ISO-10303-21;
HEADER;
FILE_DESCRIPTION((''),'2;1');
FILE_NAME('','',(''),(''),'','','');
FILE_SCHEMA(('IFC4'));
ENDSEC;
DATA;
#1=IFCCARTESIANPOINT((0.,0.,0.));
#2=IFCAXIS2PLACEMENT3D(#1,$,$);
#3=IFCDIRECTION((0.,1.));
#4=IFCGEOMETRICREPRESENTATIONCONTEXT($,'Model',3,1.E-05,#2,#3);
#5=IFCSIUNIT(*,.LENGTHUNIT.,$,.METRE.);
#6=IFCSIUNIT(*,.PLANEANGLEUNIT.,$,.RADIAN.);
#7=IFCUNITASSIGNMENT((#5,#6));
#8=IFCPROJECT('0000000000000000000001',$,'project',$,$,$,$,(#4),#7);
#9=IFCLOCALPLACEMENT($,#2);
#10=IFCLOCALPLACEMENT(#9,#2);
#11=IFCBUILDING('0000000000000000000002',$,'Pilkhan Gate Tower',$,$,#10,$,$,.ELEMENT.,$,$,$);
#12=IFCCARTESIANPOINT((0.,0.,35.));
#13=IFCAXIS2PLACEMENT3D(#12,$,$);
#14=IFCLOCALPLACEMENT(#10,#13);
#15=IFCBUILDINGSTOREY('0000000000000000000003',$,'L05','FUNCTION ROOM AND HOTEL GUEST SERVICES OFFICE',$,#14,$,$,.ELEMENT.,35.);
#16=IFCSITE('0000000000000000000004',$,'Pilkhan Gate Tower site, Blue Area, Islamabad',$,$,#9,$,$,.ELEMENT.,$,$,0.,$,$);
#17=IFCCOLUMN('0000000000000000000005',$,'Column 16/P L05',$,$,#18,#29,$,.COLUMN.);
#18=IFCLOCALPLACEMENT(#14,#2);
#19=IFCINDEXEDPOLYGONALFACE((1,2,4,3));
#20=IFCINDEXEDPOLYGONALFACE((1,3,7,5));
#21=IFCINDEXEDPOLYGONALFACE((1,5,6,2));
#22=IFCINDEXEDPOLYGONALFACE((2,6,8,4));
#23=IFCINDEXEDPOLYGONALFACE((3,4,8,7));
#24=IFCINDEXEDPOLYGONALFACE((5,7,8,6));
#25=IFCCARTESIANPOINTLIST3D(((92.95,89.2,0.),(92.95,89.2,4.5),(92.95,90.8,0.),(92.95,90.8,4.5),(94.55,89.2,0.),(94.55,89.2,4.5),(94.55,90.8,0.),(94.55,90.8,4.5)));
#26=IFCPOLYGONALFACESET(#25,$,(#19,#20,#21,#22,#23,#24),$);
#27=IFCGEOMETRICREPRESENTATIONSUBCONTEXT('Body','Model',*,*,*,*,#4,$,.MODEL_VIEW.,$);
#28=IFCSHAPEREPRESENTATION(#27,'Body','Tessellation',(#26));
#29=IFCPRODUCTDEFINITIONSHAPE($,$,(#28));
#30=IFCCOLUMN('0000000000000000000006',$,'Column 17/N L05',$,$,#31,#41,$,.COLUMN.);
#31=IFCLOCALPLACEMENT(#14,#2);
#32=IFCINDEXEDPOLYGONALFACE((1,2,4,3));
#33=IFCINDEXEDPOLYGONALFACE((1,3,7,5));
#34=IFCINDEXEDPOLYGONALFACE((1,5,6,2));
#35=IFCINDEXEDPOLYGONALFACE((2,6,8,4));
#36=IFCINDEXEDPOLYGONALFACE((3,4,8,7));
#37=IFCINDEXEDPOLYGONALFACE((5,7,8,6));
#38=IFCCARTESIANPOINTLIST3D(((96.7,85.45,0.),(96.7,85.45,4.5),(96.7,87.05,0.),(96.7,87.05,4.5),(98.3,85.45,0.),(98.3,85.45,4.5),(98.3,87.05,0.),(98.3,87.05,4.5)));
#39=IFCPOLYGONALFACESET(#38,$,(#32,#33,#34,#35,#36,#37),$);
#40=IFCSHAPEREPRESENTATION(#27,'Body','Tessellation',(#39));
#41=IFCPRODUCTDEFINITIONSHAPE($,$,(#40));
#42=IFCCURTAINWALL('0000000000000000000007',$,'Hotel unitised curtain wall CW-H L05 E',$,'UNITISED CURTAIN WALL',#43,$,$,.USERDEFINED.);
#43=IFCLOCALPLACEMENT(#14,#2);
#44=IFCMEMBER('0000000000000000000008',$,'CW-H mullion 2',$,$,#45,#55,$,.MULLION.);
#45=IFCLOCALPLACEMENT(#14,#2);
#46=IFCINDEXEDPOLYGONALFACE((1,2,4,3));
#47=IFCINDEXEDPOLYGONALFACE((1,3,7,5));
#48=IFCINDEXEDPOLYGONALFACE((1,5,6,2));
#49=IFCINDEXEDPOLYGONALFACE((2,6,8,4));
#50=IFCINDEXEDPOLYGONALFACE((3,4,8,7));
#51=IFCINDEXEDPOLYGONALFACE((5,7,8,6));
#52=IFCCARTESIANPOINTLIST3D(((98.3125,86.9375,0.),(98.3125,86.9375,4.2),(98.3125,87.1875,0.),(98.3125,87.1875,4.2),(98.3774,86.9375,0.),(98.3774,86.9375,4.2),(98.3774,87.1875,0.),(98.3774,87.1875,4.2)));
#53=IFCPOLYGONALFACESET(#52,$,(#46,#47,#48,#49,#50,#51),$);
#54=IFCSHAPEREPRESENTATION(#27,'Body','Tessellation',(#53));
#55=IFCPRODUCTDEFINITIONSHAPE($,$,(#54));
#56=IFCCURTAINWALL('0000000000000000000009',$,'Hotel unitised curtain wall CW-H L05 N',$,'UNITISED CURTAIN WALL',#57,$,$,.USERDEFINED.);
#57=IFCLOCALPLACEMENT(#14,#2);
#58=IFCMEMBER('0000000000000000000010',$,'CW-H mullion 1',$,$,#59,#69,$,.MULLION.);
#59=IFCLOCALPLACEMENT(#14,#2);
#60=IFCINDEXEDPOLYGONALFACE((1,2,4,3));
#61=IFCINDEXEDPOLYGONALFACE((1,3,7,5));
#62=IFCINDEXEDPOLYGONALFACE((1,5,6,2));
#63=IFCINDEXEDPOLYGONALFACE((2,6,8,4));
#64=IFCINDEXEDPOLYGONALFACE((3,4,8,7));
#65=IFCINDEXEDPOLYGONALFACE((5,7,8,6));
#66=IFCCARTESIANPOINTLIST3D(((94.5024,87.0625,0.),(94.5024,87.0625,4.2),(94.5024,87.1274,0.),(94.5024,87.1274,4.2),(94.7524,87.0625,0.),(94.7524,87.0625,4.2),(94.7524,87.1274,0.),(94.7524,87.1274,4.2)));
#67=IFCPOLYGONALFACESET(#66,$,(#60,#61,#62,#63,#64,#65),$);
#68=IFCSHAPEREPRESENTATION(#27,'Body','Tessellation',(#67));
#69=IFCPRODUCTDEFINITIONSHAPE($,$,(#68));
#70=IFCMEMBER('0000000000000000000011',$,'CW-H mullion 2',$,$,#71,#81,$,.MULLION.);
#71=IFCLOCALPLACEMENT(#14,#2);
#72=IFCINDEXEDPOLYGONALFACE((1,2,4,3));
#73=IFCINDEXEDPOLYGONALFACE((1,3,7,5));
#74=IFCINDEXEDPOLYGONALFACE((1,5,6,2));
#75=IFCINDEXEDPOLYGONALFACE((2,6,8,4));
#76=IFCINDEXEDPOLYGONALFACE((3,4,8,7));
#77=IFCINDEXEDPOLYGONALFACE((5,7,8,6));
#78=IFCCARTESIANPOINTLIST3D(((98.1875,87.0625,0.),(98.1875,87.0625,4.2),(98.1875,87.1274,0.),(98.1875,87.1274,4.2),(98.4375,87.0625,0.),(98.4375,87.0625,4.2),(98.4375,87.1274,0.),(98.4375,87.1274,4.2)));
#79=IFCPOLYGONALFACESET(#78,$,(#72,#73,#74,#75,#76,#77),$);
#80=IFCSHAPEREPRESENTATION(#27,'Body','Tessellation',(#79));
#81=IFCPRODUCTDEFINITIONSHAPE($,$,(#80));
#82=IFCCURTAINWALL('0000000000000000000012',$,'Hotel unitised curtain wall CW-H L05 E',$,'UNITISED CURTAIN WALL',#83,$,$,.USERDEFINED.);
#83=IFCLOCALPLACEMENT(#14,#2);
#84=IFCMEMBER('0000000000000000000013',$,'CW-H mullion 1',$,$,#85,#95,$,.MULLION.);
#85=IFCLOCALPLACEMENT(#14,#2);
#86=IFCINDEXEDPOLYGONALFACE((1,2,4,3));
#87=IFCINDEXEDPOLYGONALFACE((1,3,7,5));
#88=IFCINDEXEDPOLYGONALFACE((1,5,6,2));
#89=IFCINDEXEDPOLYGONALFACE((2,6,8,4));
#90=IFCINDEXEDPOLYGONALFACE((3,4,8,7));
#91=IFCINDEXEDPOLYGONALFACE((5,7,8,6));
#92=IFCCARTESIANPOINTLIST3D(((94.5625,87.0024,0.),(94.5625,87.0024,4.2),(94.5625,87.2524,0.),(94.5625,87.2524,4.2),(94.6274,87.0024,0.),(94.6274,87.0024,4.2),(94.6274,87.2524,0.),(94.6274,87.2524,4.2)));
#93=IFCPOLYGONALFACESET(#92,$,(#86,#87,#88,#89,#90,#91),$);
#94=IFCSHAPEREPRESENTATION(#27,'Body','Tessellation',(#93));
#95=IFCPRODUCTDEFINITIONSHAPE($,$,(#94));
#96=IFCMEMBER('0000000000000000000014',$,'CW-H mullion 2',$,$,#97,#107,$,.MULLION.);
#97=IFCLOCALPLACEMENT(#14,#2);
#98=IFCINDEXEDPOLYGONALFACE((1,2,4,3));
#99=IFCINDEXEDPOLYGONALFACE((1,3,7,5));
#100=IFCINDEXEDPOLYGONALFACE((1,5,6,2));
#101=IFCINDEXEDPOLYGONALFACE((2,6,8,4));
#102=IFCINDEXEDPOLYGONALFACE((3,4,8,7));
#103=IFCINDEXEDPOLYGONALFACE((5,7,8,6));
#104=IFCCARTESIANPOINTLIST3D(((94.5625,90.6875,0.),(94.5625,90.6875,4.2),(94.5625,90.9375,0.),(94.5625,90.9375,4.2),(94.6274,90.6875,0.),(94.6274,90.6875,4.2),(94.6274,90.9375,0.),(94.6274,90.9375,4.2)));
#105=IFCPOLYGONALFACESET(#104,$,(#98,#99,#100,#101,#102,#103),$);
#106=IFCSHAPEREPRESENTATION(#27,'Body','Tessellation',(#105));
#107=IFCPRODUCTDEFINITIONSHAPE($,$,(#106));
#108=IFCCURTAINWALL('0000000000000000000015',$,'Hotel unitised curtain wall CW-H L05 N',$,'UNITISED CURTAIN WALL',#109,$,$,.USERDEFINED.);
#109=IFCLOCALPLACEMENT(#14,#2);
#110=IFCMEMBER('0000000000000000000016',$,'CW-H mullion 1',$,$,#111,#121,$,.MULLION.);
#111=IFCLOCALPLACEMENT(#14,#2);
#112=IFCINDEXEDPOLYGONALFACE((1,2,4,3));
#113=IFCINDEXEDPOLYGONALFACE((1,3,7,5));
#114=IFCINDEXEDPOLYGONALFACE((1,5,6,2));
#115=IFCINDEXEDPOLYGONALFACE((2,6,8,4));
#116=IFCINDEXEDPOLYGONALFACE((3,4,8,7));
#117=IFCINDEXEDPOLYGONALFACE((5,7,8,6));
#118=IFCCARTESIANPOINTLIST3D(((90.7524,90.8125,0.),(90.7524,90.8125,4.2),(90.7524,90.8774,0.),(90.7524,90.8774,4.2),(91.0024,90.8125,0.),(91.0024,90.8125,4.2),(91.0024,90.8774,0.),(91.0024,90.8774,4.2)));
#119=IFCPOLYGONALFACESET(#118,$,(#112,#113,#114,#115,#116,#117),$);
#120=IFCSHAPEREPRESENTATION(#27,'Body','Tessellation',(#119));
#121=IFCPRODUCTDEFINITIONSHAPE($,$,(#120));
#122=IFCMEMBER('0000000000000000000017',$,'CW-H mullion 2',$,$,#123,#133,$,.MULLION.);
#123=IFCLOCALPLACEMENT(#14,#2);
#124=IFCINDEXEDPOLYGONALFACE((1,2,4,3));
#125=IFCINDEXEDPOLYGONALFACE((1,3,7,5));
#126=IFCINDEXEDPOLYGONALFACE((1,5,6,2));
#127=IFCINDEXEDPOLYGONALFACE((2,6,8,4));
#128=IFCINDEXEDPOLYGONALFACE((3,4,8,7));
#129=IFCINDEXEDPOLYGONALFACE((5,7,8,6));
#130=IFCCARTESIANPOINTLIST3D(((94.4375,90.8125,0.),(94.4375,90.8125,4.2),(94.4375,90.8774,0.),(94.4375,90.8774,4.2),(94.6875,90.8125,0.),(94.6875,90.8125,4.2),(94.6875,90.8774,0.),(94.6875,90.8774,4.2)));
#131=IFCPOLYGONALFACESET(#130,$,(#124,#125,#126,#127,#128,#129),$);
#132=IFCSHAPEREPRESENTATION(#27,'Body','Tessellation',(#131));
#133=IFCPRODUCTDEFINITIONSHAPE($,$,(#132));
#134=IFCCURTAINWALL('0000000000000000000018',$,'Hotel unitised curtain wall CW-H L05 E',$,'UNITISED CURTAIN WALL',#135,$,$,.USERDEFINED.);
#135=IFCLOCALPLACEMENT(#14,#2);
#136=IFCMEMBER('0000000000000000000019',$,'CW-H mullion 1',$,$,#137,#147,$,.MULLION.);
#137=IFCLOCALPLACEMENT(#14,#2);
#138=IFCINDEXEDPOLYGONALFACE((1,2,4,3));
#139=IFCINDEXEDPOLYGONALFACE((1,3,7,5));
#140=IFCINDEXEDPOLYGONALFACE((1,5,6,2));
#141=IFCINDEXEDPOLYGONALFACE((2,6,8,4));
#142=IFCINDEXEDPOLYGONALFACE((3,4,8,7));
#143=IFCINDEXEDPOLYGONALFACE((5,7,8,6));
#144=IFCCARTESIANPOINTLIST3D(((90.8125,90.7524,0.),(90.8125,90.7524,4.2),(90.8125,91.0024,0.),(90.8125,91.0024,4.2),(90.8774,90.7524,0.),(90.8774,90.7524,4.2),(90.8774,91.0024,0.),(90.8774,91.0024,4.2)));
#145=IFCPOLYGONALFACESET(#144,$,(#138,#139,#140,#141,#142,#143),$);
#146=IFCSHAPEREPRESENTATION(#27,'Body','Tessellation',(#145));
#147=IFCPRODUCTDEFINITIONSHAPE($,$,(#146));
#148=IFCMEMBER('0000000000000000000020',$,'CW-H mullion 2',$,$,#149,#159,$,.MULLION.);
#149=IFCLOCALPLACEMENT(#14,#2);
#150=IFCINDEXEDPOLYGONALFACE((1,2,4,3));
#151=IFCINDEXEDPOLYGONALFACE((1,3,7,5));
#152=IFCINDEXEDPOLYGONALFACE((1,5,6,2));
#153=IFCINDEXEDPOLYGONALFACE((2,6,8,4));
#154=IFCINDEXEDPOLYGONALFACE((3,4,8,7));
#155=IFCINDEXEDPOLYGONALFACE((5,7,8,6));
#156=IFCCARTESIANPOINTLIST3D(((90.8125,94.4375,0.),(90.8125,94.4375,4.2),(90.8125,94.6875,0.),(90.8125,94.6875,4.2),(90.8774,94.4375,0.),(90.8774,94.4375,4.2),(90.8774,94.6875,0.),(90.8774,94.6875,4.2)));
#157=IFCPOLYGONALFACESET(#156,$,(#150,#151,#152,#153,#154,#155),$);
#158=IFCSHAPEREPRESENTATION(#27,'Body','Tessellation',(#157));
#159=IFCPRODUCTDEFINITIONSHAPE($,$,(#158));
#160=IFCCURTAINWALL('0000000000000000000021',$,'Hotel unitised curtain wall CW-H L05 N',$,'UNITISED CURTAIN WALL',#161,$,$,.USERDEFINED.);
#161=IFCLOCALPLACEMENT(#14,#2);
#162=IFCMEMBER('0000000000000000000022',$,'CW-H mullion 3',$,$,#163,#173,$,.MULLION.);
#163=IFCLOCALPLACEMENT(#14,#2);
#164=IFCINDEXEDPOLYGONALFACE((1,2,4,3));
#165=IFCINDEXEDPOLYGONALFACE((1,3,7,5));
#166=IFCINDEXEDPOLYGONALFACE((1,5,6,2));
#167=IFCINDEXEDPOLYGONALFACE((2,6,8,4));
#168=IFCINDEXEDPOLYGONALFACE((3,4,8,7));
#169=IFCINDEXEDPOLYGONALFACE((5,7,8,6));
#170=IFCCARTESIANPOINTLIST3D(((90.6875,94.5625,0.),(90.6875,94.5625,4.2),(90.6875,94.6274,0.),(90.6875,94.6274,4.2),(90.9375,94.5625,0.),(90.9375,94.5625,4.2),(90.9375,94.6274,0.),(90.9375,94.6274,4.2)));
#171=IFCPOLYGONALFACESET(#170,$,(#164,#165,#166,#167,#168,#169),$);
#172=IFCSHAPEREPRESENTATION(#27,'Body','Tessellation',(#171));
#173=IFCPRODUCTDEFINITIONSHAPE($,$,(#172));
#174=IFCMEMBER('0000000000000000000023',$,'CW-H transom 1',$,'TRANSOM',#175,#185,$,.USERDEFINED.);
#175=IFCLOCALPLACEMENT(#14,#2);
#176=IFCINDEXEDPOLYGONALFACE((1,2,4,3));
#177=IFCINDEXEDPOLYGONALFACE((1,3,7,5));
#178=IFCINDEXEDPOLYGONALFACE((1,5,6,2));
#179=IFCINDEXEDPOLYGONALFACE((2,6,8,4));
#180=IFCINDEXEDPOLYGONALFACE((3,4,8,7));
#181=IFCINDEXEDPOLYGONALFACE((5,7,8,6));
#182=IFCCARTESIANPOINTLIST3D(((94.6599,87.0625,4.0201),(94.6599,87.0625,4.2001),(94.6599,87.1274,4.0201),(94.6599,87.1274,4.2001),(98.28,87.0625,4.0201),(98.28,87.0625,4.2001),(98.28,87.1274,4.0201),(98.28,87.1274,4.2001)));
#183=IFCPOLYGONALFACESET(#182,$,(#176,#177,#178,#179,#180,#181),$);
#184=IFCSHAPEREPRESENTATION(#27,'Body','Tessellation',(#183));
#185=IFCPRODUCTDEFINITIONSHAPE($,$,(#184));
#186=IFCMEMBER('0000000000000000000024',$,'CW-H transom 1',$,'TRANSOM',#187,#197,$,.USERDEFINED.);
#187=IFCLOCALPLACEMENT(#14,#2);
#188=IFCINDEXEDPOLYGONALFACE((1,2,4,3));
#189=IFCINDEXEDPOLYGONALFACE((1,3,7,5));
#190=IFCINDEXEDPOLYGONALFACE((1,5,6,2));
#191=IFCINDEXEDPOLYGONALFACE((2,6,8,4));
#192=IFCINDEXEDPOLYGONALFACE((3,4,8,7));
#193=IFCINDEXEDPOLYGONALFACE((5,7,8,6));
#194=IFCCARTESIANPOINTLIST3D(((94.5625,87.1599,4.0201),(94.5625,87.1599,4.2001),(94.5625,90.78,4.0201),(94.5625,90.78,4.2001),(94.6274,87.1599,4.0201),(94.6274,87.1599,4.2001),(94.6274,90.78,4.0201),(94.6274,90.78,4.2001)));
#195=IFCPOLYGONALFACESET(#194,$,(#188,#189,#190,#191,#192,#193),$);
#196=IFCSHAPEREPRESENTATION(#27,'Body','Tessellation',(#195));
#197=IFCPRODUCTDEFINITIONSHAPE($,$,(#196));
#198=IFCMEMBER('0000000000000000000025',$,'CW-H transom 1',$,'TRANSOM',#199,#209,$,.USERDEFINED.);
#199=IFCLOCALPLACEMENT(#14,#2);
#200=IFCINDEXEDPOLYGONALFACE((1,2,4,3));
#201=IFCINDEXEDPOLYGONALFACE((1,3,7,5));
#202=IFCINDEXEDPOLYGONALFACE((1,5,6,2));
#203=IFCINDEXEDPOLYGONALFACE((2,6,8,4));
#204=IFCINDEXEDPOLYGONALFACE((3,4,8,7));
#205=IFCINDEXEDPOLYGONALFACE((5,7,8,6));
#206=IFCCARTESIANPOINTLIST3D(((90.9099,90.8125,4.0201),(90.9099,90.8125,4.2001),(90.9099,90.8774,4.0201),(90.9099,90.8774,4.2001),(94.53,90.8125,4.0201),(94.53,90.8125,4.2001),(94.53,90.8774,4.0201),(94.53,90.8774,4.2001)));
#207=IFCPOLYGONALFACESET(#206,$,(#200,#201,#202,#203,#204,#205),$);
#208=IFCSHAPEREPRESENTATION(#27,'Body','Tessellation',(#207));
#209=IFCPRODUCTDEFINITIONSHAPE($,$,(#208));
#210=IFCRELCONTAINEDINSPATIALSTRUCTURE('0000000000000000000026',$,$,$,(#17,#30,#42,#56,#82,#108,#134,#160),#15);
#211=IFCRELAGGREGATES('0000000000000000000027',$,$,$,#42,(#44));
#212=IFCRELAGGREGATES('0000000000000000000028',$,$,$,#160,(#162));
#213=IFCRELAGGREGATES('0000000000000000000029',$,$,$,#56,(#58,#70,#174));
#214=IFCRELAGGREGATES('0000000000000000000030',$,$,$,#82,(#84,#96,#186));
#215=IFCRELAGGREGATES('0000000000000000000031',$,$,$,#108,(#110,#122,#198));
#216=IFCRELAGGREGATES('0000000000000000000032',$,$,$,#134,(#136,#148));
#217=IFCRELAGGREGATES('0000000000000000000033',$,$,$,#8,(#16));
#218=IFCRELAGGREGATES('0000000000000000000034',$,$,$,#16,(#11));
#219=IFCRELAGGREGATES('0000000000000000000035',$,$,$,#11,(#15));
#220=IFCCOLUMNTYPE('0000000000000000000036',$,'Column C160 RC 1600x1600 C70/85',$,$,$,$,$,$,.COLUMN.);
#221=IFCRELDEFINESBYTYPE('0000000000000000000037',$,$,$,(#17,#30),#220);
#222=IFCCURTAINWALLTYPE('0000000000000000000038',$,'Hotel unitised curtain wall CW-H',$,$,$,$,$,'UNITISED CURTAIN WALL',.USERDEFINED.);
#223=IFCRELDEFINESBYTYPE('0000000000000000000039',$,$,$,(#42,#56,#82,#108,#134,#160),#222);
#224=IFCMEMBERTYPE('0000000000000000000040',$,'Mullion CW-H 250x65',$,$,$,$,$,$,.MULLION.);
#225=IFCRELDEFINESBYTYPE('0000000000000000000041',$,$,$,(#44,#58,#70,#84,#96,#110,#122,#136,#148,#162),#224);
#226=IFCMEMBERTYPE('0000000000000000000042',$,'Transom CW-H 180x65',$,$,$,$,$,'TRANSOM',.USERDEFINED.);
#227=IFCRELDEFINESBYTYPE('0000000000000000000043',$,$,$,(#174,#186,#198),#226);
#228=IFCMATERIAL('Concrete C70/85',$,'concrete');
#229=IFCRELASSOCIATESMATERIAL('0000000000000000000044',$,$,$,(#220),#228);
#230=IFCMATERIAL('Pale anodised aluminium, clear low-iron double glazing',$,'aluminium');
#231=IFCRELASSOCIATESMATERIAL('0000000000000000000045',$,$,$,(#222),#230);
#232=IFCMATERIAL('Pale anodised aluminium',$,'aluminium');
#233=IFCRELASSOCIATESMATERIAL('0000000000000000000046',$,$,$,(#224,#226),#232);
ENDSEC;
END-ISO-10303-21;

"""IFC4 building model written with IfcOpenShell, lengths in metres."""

from ifc_helpers import new_model, si_unit, direction, frame, origin, origin_2d, place, context, subcontext, project, spatial, rectangle, extrude, material, material_profile, profile_set, type_object, element, aggregate, save


model = new_model("IFC4")

# Units and contexts
model_context = context("Model", 3, precision=1e-05, world=origin(), true_north=direction((0.0, 1.0)))
body_context = subcontext(model_context, "Body", "Model", "MODEL_VIEW")
ifc_project = project(units=[si_unit("LENGTHUNIT", "METRE"), si_unit("PLANEANGLEUNIT", "RADIAN")], contexts=[model_context])

# Site, building, storey
site_placement = place(None, origin())
site = spatial("IfcSite", under=ifc_project, at=site_placement, Name="Pilkhan Gate Tower site, Blue Area, Islamabad", CompositionType="ELEMENT", RefElevation=0.0)
building_placement = place(site_placement, origin())
building = spatial("IfcBuilding", under=site, at=building_placement, Name="Pilkhan Gate Tower", CompositionType="ELEMENT")
storey_placement = place(building_placement, frame((0.0, 0.0, 35.0)))
storey = spatial("IfcBuildingStorey", under=building, at=storey_placement, Name="L05", Description="FUNCTION ROOM AND HOTEL GUEST SERVICES OFFICE", CompositionType="ELEMENT", Elevation=35.0)

# Columns
ifc_material_1 = material(Name="Concrete C70/85", Category="concrete")
ifc_material_profile_1 = material_profile(ifc_material_1, rectangle(XDim=1.6001, YDim=1.6001, at=origin_2d()), Name="RC 1600x1600")
ifc_profile_set_1 = profile_set([ifc_material_profile_1], Name="Concrete C70/85")
column_type = type_object("IfcColumnType", Name="Column C160 RC 1600x1600 C70/85", PredefinedType="COLUMN", material=ifc_profile_set_1)
for number, where, z_axis, x_axis, name in (
    (1, (93.75, 90.0, 0.0), (0.0, 0.0, 1.0), (1.0, 0.0, 0.0), "Column 16/P L05"),
    (2, (97.5, 86.25, 0.0), (0.0, 0.0, 1.0), (1.0, 0.0, 0.0), "Column 17/N L05"),
):
    element("IfcColumn", number, at=place(storey_placement, frame(where, z_axis=z_axis, x_axis=x_axis)), inside=storey, type_object=column_type, Name=name, PredefinedType="COLUMN", context=body_context, shape_type="SweptSolid", body=[
        extrude(rectangle(XDim=1.6001, YDim=1.6001, at=origin_2d()), origin(), (0.0, 0.0, 1.0), 4.5),
    ])

# Curtain wall, member
ifc_material_2 = material(Name="Pale anodised aluminium, clear low-iron double glazing", Category="aluminium")
curtain_wall_type = type_object("IfcCurtainWallType", Name="Hotel unitised curtain wall CW-H", ElementType="UNITISED CURTAIN WALL", PredefinedType="USERDEFINED", material=ifc_material_2)
curtain_wall_1_placement = place(storey_placement, origin())
curtain_wall_1 = element("IfcCurtainWall", 3, at=curtain_wall_1_placement, inside=storey, type_object=curtain_wall_type, Name="Hotel unitised curtain wall CW-H L05 E", ObjectType="UNITISED CURTAIN WALL", PredefinedType="USERDEFINED")
ifc_material_3 = material(Name="Pale anodised aluminium", Category="aluminium")
ifc_material_profile_2 = material_profile(ifc_material_3, rectangle(XDim=0.0649, YDim=0.25, at=origin_2d()), Name="Mullion 250x65")
ifc_profile_set_2 = profile_set([ifc_material_profile_2], Name="Pale anodised aluminium")
member_type_1 = type_object("IfcMemberType", Name="Mullion CW-H 250x65", PredefinedType="MULLION", material=ifc_profile_set_2)
member_1_placement = place(storey_placement, frame((98.345, 87.0625, 0.0), z_axis=(0.0, 0.0, 1.0), x_axis=(-1.0, 0.0, 0.0)))
member_1 = element("IfcMember", 4, at=member_1_placement, type_object=member_type_1, Name="CW-H mullion 2", PredefinedType="MULLION", context=body_context, shape_type="SweptSolid", body=[
    extrude(rectangle(XDim=0.0649, YDim=0.25, at=origin_2d()), origin(), (0.0, 0.0, 1.0), 4.2),
])
aggregate(curtain_wall_1, [member_1])

# Curtain walls, members
curtain_wall_2_placement = place(storey_placement, origin())
curtain_wall_2 = element("IfcCurtainWall", 5, at=curtain_wall_2_placement, inside=storey, type_object=curtain_wall_type, Name="Hotel unitised curtain wall CW-H L05 N", ObjectType="UNITISED CURTAIN WALL", PredefinedType="USERDEFINED")
member_2_placement = place(storey_placement, frame((94.6274, 87.095, 0.0), z_axis=(0.0, 0.0, 1.0), x_axis=(0.0, 1.0, 0.0)))
member_2 = element("IfcMember", 6, at=member_2_placement, type_object=member_type_1, Name="CW-H mullion 1", PredefinedType="MULLION", context=body_context, shape_type="SweptSolid", body=[
    extrude(rectangle(XDim=0.0649, YDim=0.25, at=origin_2d()), origin(), (0.0, 0.0, 1.0), 4.2),
])
member_3_placement = place(storey_placement, frame((98.3125, 87.095, 0.0), z_axis=(0.0, 0.0, 1.0), x_axis=(0.0, 1.0, 0.0)))
member_3 = element("IfcMember", 7, at=member_3_placement, type_object=member_type_1, Name="CW-H mullion 2", PredefinedType="MULLION", context=body_context, shape_type="SweptSolid", body=[
    extrude(rectangle(XDim=0.0649, YDim=0.25, at=origin_2d()), origin(), (0.0, 0.0, 1.0), 4.2),
])
curtain_wall_3_placement = place(storey_placement, origin())
curtain_wall_3 = element("IfcCurtainWall", 8, at=curtain_wall_3_placement, inside=storey, type_object=curtain_wall_type, Name="Hotel unitised curtain wall CW-H L05 E", ObjectType="UNITISED CURTAIN WALL", PredefinedType="USERDEFINED")
member_4_placement = place(storey_placement, frame((94.595, 87.1274, 0.0), z_axis=(0.0, 0.0, 1.0), x_axis=(-1.0, 0.0, 0.0)))
member_4 = element("IfcMember", 9, at=member_4_placement, type_object=member_type_1, Name="CW-H mullion 1", PredefinedType="MULLION", context=body_context, shape_type="SweptSolid", body=[
    extrude(rectangle(XDim=0.0649, YDim=0.25, at=origin_2d()), origin(), (0.0, 0.0, 1.0), 4.2),
])
member_5_placement = place(storey_placement, frame((94.595, 90.8125, 0.0), z_axis=(0.0, 0.0, 1.0), x_axis=(-1.0, 0.0, 0.0)))
member_5 = element("IfcMember", 10, at=member_5_placement, type_object=member_type_1, Name="CW-H mullion 2", PredefinedType="MULLION", context=body_context, shape_type="SweptSolid", body=[
    extrude(rectangle(XDim=0.0649, YDim=0.25, at=origin_2d()), origin(), (0.0, 0.0, 1.0), 4.2),
])
curtain_wall_4_placement = place(storey_placement, origin())
curtain_wall_4 = element("IfcCurtainWall", 11, at=curtain_wall_4_placement, inside=storey, type_object=curtain_wall_type, Name="Hotel unitised curtain wall CW-H L05 N", ObjectType="UNITISED CURTAIN WALL", PredefinedType="USERDEFINED")
member_6_placement = place(storey_placement, frame((90.8774, 90.845, 0.0), z_axis=(0.0, 0.0, 1.0), x_axis=(0.0, 1.0, 0.0)))
member_6 = element("IfcMember", 12, at=member_6_placement, type_object=member_type_1, Name="CW-H mullion 1", PredefinedType="MULLION", context=body_context, shape_type="SweptSolid", body=[
    extrude(rectangle(XDim=0.0649, YDim=0.25, at=origin_2d()), origin(), (0.0, 0.0, 1.0), 4.2),
])
member_7_placement = place(storey_placement, frame((94.5625, 90.845, 0.0), z_axis=(0.0, 0.0, 1.0), x_axis=(0.0, 1.0, 0.0)))
member_7 = element("IfcMember", 13, at=member_7_placement, type_object=member_type_1, Name="CW-H mullion 2", PredefinedType="MULLION", context=body_context, shape_type="SweptSolid", body=[
    extrude(rectangle(XDim=0.0649, YDim=0.25, at=origin_2d()), origin(), (0.0, 0.0, 1.0), 4.2),
])
curtain_wall_5_placement = place(storey_placement, origin())
curtain_wall_5 = element("IfcCurtainWall", 14, at=curtain_wall_5_placement, inside=storey, type_object=curtain_wall_type, Name="Hotel unitised curtain wall CW-H L05 E", ObjectType="UNITISED CURTAIN WALL", PredefinedType="USERDEFINED")
member_8_placement = place(storey_placement, frame((90.845, 90.8774, 0.0), z_axis=(0.0, 0.0, 1.0), x_axis=(-1.0, 0.0, 0.0)))
member_8 = element("IfcMember", 15, at=member_8_placement, type_object=member_type_1, Name="CW-H mullion 1", PredefinedType="MULLION", context=body_context, shape_type="SweptSolid", body=[
    extrude(rectangle(XDim=0.0649, YDim=0.25, at=origin_2d()), origin(), (0.0, 0.0, 1.0), 4.2),
])
member_9_placement = place(storey_placement, frame((90.845, 94.5625, 0.0), z_axis=(0.0, 0.0, 1.0), x_axis=(-1.0, 0.0, 0.0)))
member_9 = element("IfcMember", 16, at=member_9_placement, type_object=member_type_1, Name="CW-H mullion 2", PredefinedType="MULLION", context=body_context, shape_type="SweptSolid", body=[
    extrude(rectangle(XDim=0.0649, YDim=0.25, at=origin_2d()), origin(), (0.0, 0.0, 1.0), 4.2),
])

# Curtain wall, member
curtain_wall_6_placement = place(storey_placement, origin())
curtain_wall_6 = element("IfcCurtainWall", 17, at=curtain_wall_6_placement, inside=storey, type_object=curtain_wall_type, Name="Hotel unitised curtain wall CW-H L05 N", ObjectType="UNITISED CURTAIN WALL", PredefinedType="USERDEFINED")
member_10_placement = place(storey_placement, frame((90.8125, 94.595, 0.0), z_axis=(0.0, 0.0, 1.0), x_axis=(0.0, 1.0, 0.0)))
member_10 = element("IfcMember", 18, at=member_10_placement, type_object=member_type_1, Name="CW-H mullion 3", PredefinedType="MULLION", context=body_context, shape_type="SweptSolid", body=[
    extrude(rectangle(XDim=0.0649, YDim=0.25, at=origin_2d()), origin(), (0.0, 0.0, 1.0), 4.2),
])
aggregate(curtain_wall_6, [member_10])

# Members
ifc_material_profile_3 = material_profile(ifc_material_3, rectangle(XDim=0.0649, YDim=0.1799, at=origin_2d()), Name="Transom 180x65")
ifc_profile_set_3 = profile_set([ifc_material_profile_3], Name="Pale anodised aluminium")
member_type_2 = type_object("IfcMemberType", Name="Transom CW-H 180x65", ElementType="TRANSOM", PredefinedType="USERDEFINED", material=ifc_profile_set_3)
member_11_placement = place(storey_placement, frame((94.6599, 87.095, 4.1101), z_axis=(1.0, 0.0, 0.0), x_axis=(0.0, 1.0, 0.0)))
member_11 = element("IfcMember", 19, at=member_11_placement, type_object=member_type_2, Name="CW-H transom 1", ObjectType="TRANSOM", PredefinedType="USERDEFINED", context=body_context, shape_type="SweptSolid", body=[
    extrude(rectangle(XDim=0.0649, YDim=0.1799, at=origin_2d()), origin(), (0.0, 0.0, 1.0), 3.6201),
])
member_12_placement = place(storey_placement, frame((94.595, 87.1599, 4.1101), z_axis=(0.0, 1.0, 0.0), x_axis=(-1.0, 0.0, 0.0)))
member_12 = element("IfcMember", 20, at=member_12_placement, type_object=member_type_2, Name="CW-H transom 1", ObjectType="TRANSOM", PredefinedType="USERDEFINED", context=body_context, shape_type="SweptSolid", body=[
    extrude(rectangle(XDim=0.0649, YDim=0.1799, at=origin_2d()), origin(), (0.0, 0.0, 1.0), 3.6201),
])
member_13_placement = place(storey_placement, frame((90.9099, 90.845, 4.1101), z_axis=(1.0, 0.0, 0.0), x_axis=(0.0, 1.0, 0.0)))
member_13 = element("IfcMember", 21, at=member_13_placement, type_object=member_type_2, Name="CW-H transom 1", ObjectType="TRANSOM", PredefinedType="USERDEFINED", context=body_context, shape_type="SweptSolid", body=[
    extrude(rectangle(XDim=0.0649, YDim=0.1799, at=origin_2d()), origin(), (0.0, 0.0, 1.0), 3.6201),
])

aggregate(curtain_wall_2, [member_2, member_3, member_11])
aggregate(curtain_wall_3, [member_4, member_5, member_12])
aggregate(curtain_wall_4, [member_6, member_7, member_13])
aggregate(curtain_wall_5, [member_8, member_9])

save(model, "model.ifc")
